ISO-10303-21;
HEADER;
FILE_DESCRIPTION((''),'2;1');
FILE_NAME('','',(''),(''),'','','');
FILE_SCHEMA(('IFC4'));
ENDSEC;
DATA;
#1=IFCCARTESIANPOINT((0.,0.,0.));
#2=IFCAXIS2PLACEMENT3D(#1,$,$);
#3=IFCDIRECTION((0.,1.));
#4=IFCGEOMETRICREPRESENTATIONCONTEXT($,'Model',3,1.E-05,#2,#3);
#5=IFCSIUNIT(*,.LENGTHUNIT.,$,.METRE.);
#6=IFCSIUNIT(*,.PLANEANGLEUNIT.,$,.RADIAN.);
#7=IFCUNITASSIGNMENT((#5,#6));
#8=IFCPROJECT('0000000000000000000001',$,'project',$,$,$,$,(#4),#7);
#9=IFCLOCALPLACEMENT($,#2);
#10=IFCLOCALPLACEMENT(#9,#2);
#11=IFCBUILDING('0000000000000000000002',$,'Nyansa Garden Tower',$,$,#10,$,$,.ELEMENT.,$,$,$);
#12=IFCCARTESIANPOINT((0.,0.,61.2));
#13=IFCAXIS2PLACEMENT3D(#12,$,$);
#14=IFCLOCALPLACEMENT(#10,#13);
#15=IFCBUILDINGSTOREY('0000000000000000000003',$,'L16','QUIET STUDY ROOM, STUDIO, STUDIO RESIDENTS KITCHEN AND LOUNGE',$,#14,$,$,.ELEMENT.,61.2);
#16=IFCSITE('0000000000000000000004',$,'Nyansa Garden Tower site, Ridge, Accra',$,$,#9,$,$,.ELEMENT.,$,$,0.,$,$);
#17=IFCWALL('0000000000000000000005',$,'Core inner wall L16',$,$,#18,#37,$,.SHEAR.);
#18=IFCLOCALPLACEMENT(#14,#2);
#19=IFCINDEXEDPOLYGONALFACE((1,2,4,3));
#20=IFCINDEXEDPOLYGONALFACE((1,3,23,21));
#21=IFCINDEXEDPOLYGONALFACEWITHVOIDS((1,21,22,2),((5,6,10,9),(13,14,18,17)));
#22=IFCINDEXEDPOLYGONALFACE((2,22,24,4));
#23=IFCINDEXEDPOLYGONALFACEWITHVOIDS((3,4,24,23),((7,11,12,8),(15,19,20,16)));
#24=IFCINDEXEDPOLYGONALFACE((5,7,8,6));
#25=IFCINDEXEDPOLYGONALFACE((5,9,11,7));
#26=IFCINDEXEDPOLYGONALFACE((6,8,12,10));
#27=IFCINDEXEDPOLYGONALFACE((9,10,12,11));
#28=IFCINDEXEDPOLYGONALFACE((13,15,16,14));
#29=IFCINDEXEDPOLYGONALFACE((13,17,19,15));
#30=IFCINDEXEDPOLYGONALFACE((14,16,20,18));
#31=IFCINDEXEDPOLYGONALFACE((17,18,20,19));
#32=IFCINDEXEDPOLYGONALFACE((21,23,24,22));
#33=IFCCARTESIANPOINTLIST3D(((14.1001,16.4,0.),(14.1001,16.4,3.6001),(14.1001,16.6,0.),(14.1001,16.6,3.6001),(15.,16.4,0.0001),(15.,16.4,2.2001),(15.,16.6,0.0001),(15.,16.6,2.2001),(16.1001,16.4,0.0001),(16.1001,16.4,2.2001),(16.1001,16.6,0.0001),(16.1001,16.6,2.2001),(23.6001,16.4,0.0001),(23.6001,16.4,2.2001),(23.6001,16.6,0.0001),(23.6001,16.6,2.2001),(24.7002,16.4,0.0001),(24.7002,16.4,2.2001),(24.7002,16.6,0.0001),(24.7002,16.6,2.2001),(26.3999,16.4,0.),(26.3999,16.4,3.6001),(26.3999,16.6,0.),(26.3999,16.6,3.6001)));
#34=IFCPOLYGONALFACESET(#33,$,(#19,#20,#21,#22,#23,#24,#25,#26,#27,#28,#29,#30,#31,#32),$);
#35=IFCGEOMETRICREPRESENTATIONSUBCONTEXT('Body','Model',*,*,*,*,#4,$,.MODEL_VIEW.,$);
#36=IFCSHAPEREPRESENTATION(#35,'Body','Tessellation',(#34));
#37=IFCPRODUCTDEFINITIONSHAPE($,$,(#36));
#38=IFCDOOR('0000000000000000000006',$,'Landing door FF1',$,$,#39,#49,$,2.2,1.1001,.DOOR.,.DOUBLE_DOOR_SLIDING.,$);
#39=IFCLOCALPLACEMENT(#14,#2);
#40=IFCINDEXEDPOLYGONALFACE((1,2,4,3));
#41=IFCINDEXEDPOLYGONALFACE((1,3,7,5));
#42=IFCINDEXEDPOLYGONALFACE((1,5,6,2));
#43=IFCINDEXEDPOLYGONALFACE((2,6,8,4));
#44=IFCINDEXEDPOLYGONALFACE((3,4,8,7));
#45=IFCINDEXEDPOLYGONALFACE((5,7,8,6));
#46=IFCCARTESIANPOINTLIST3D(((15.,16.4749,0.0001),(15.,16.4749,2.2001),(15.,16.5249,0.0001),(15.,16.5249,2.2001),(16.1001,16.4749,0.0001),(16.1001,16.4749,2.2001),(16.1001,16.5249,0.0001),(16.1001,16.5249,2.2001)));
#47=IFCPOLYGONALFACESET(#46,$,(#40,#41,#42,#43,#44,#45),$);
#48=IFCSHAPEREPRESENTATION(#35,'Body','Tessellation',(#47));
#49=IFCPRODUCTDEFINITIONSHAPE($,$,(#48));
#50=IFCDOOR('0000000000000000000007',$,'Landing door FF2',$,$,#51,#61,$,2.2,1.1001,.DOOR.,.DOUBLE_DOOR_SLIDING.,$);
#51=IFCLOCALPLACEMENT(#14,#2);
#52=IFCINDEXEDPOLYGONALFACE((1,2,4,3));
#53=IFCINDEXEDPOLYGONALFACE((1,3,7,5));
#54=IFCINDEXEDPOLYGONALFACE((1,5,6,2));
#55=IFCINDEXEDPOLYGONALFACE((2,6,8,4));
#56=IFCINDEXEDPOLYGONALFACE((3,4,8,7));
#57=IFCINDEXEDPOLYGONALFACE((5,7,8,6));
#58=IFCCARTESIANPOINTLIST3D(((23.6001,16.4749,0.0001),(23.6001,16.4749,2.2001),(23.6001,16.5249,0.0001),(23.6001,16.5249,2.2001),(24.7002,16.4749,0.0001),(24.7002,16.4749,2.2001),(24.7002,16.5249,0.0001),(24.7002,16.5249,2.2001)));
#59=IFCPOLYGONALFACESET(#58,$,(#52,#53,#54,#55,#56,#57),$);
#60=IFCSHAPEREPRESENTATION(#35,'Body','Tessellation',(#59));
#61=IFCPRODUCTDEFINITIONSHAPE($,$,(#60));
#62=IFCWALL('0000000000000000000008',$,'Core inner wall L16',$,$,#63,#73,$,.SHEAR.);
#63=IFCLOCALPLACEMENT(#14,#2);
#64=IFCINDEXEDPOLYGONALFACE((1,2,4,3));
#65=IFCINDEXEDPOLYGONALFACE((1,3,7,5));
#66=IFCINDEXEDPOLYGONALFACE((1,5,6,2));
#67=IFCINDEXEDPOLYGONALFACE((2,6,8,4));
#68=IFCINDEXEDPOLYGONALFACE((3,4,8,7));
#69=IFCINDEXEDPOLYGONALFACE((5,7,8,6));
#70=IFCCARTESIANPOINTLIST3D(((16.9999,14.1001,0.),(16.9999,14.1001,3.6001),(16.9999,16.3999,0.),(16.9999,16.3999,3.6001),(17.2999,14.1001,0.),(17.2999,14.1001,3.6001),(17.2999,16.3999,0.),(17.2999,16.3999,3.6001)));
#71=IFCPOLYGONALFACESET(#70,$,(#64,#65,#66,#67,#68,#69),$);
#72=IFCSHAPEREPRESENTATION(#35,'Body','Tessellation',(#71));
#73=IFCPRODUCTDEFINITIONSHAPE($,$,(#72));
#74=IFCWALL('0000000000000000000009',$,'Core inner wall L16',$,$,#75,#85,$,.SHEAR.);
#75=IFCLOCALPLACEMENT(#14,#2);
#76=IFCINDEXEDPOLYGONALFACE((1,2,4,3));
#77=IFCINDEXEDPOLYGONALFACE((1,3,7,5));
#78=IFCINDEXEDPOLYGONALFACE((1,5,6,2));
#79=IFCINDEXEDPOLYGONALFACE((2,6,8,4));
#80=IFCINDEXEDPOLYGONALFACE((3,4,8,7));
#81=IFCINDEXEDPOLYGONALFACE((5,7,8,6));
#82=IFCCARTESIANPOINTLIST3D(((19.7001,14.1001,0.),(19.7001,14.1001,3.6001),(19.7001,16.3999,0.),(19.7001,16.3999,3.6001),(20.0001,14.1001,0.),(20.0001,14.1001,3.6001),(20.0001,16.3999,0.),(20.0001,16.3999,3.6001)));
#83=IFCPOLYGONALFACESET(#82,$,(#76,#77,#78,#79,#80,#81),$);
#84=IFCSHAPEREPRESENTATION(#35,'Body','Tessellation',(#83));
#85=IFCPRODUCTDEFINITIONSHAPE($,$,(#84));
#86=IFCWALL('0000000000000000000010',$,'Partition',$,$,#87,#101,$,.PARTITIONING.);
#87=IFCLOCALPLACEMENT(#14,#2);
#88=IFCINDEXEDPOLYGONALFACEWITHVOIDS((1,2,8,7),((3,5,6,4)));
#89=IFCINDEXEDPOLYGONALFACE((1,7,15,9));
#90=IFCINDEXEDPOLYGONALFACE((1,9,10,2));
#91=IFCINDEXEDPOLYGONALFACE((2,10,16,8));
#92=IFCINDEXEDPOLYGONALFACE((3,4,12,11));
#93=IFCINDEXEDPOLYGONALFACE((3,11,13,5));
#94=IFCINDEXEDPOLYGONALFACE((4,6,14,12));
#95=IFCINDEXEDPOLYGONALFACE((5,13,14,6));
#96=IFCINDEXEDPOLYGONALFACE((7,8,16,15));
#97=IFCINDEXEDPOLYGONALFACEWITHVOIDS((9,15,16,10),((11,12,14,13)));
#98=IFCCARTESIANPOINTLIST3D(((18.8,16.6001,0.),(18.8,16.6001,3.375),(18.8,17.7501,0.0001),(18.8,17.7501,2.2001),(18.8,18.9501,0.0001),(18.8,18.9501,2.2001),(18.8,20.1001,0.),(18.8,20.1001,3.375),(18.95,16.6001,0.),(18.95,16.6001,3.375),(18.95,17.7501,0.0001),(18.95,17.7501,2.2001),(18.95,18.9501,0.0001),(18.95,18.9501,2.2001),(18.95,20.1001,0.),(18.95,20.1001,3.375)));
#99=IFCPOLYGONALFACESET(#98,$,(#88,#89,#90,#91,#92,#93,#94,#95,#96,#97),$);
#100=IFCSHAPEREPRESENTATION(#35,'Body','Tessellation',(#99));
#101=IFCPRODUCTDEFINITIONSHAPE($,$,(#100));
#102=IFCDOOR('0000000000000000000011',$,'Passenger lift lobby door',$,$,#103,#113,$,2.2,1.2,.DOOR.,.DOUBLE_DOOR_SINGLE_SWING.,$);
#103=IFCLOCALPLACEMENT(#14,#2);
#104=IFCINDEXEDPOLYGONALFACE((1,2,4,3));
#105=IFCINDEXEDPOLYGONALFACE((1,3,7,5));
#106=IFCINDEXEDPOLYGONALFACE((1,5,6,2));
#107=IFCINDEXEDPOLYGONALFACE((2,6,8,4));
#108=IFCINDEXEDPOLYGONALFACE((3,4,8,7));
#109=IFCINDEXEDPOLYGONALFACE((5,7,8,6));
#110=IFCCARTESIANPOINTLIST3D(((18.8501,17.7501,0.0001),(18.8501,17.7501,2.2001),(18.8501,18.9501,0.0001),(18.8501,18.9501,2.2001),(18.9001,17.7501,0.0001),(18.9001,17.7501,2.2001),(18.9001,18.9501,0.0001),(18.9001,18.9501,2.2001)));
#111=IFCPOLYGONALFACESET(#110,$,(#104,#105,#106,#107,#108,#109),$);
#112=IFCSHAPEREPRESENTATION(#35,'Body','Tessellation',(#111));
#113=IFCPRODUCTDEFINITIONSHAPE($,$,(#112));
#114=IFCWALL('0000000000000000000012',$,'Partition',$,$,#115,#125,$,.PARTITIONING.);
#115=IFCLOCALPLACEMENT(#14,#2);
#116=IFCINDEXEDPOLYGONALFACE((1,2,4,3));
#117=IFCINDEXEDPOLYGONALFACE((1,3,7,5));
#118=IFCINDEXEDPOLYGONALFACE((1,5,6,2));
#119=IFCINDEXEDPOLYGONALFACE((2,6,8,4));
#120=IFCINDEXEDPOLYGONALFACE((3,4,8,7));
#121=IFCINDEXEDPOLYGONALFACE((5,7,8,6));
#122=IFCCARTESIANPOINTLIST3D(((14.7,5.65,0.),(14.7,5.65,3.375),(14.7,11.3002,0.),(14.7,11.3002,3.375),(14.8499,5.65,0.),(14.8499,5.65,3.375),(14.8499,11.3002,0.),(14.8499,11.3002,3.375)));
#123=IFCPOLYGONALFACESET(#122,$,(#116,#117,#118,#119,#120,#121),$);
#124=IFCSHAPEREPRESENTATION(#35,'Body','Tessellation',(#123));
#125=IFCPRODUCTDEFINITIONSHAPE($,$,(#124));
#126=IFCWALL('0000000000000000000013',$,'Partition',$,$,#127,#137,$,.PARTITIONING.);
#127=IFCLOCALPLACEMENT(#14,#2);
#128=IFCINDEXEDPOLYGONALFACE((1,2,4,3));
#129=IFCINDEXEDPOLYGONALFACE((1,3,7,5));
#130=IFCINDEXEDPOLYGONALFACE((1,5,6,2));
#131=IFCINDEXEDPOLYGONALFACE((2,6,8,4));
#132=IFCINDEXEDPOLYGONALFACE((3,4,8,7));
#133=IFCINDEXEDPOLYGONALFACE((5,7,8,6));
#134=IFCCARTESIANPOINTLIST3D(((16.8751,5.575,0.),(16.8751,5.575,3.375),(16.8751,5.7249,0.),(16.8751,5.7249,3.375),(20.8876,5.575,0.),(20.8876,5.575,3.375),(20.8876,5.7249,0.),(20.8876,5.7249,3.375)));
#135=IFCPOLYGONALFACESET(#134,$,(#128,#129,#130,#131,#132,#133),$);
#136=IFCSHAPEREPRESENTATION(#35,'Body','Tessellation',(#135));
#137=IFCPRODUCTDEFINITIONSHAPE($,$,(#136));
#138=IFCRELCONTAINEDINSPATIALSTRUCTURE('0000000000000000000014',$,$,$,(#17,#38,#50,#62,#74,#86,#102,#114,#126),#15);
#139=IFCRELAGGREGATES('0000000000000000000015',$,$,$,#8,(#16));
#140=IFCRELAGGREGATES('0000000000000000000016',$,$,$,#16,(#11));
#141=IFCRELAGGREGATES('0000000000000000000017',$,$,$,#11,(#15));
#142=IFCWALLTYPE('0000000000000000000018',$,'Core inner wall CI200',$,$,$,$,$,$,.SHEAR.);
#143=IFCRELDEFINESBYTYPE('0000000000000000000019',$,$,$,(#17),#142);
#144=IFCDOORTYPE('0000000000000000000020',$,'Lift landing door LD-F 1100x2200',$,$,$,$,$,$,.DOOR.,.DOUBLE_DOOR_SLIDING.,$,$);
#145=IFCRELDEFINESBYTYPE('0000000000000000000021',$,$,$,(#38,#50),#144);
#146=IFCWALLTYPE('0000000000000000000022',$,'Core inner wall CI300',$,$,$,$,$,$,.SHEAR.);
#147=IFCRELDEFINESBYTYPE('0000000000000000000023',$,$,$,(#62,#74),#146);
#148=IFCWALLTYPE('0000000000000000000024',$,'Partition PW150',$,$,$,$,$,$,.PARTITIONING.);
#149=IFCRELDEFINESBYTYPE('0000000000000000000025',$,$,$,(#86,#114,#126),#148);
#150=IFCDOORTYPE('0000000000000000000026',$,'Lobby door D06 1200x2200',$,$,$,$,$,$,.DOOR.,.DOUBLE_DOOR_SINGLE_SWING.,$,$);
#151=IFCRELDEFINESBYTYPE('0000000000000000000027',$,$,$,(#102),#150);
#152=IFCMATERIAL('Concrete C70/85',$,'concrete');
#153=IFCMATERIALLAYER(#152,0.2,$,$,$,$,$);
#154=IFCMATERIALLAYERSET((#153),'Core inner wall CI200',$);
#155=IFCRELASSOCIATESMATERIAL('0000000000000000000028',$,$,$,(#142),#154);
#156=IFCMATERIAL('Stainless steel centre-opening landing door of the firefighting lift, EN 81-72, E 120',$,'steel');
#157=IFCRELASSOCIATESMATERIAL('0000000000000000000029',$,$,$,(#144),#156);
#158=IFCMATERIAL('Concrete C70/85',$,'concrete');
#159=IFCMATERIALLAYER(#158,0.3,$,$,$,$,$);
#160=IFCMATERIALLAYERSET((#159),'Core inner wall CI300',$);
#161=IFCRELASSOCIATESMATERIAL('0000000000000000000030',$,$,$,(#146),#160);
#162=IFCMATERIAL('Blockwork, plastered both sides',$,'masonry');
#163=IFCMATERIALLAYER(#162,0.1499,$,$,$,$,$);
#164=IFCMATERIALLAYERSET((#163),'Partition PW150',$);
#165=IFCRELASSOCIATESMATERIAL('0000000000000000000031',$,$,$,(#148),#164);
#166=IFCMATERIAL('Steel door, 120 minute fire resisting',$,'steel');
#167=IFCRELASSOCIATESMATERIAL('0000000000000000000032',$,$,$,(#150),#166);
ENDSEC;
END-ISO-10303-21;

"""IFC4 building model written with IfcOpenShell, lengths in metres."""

from ifc_helpers import new_model, si_unit, direction, frame, frame_2d, origin, place, context, subcontext, project, spatial, rectangle, extrude, material, layer, layer_set, type_object, element, fill, save


model = new_model("IFC4")

# Units and contexts
model_context = context("Model", 3, precision=1e-05, world=origin(), true_north=direction((0.0, 1.0)))
body_context = subcontext(model_context, "Body", "Model", "MODEL_VIEW")
ifc_project = project(units=[si_unit("LENGTHUNIT", "METRE"), si_unit("PLANEANGLEUNIT", "RADIAN")], contexts=[model_context])

# Site, building, storey
site_placement = place(None, origin())
site = spatial("IfcSite", under=ifc_project, at=site_placement, Name="Nyansa Garden Tower site, Ridge, Accra", CompositionType="ELEMENT", RefElevation=0.0)
building_placement = place(site_placement, origin())
building = spatial("IfcBuilding", under=site, at=building_placement, Name="Nyansa Garden Tower", CompositionType="ELEMENT")
storey_placement = place(building_placement, frame((0.0, 0.0, 61.2)))
storey = spatial("IfcBuildingStorey", under=building, at=storey_placement, Name="L16", Description="QUIET STUDY ROOM, STUDIO, STUDIO RESIDENTS KITCHEN AND LOUNGE", CompositionType="ELEMENT", Elevation=61.2)

# Wall, openings, doors
ifc_material_1 = material(Name="Concrete C70/85", Category="concrete")
ifc_layer_1 = layer(ifc_material_1, 0.2)
ifc_layer_set_1 = layer_set([ifc_layer_1], Name="Core inner wall CI200")
wall_type_1 = type_object("IfcWallType", Name="Core inner wall CI200", PredefinedType="SHEAR", material=ifc_layer_set_1)
wall_1_placement = place(storey_placement, frame((14.1001, 16.5, 0.0), z_axis=(0.0, 0.0, 1.0), x_axis=(1.0, 0.0, 0.0)))
wall_1 = element("IfcWall", 1, at=wall_1_placement, inside=storey, type_object=wall_type_1, Name="Core inner wall L16", PredefinedType="SHEAR", context=body_context, shape_type="SweptSolid", body=[
    extrude(rectangle(XDim=12.2998, YDim=0.2, at=frame_2d((6.1499, 0.0))), origin(), (0.0, 0.0, 1.0), 3.6001),
])
opening_1_placement = place(wall_1_placement, frame((0.8999, 0.0, 0.0)))
opening_1 = element("IfcOpeningElement", 2, at=opening_1_placement, cuts=wall_1, PredefinedType="OPENING", context=body_context, shape_type="SweptSolid", body=[
    extrude(rectangle(XDim=1.1001, YDim=2.2, at=frame_2d((0.55, 1.1001))), frame((0.0, 0.1099, 0.0), z_axis=(0.0, -1.0, 0.0), x_axis=(1.0, 0.0, 0.0)), (0.0, 0.0, 1.0), 0.22),
])
opening_2_placement = place(wall_1_placement, frame((9.5, 0.0, 0.0)))
opening_2 = element("IfcOpeningElement", 3, at=opening_2_placement, cuts=wall_1, PredefinedType="OPENING", context=body_context, shape_type="SweptSolid", body=[
    extrude(rectangle(XDim=1.1001, YDim=2.2, at=frame_2d((0.55, 1.1001))), frame((0.0, 0.1099, 0.0), z_axis=(0.0, -1.0, 0.0), x_axis=(1.0, 0.0, 0.0)), (0.0, 0.0, 1.0), 0.22),
])
ifc_material_2 = material(Name="Stainless steel centre-opening landing door of the firefighting lift, EN 81-72, E 120", Category="steel")
door_type_1 = type_object("IfcDoorType", Name="Lift landing door LD-F 1100x2200", OperationType="DOUBLE_DOOR_SLIDING", PredefinedType="DOOR", material=ifc_material_2)
door_1_placement = place(opening_1_placement, origin())
door_1 = element("IfcDoor", 4, at=door_1_placement, inside=storey, type_object=door_type_1, Name="Landing door FF1", OperationType="DOUBLE_DOOR_SLIDING", OverallHeight=2.2, OverallWidth=1.1001, PredefinedType="DOOR", context=body_context, shape_type="SweptSolid", body=[
    extrude(rectangle(XDim=1.1001, YDim=2.2, at=frame_2d((0.55, 1.1001))), frame((0.0, 0.0249, 0.0), z_axis=(0.0, -1.0, 0.0), x_axis=(1.0, 0.0, 0.0)), (0.0, 0.0, 1.0), 0.05),
])
fill(opening_1, door_1)
door_2_placement = place(opening_2_placement, origin())
door_2 = element("IfcDoor", 5, at=door_2_placement, inside=storey, type_object=door_type_1, Name="Landing door FF2", OperationType="DOUBLE_DOOR_SLIDING", OverallHeight=2.2, OverallWidth=1.1001, PredefinedType="DOOR", context=body_context, shape_type="SweptSolid", body=[
    extrude(rectangle(XDim=1.1001, YDim=2.2, at=frame_2d((0.55, 1.1001))), frame((0.0, 0.0249, 0.0), z_axis=(0.0, -1.0, 0.0), x_axis=(1.0, 0.0, 0.0)), (0.0, 0.0, 1.0), 0.05),
])
fill(opening_2, door_2)

# Walls
ifc_material_3 = material(Name="Concrete C70/85", Category="concrete")
ifc_layer_2 = layer(ifc_material_3, 0.3)
ifc_layer_set_2 = layer_set([ifc_layer_2], Name="Core inner wall CI300")
wall_type_2 = type_object("IfcWallType", Name="Core inner wall CI300", PredefinedType="SHEAR", material=ifc_layer_set_2)
for number, where, z_axis, x_axis, name in (
    (6, (17.1499, 14.1001, 0.0), (0.0, 0.0, 1.0), (0.0, 1.0, 0.0), "Core inner wall L16"),
    (7, (19.8501, 14.1001, 0.0), (0.0, 0.0, 1.0), (0.0, 1.0, 0.0), "Core inner wall L16"),
):
    element("IfcWall", number, at=place(storey_placement, frame(where, z_axis=z_axis, x_axis=x_axis)), inside=storey, type_object=wall_type_2, Name=name, PredefinedType="SHEAR", context=body_context, shape_type="SweptSolid", body=[
        extrude(rectangle(XDim=2.2998, YDim=0.3, at=frame_2d((1.1499, 0.0))), origin(), (0.0, 0.0, 1.0), 3.6001),
    ])

# Wall, opening, door
ifc_material_4 = material(Name="Blockwork, plastered both sides", Category="masonry")
ifc_layer_3 = layer(ifc_material_4, 0.1499)
ifc_layer_set_3 = layer_set([ifc_layer_3], Name="Partition PW150")
wall_type_3 = type_object("IfcWallType", Name="Partition PW150", PredefinedType="PARTITIONING", material=ifc_layer_set_3)
wall_2_placement = place(storey_placement, frame((18.875, 16.6001, 0.0), z_axis=(0.0, 0.0, 1.0), x_axis=(0.0, 1.0, 0.0)))
wall_2 = element("IfcWall", 8, at=wall_2_placement, inside=storey, type_object=wall_type_3, Name="Partition", PredefinedType="PARTITIONING", context=body_context, shape_type="SweptSolid", body=[
    extrude(rectangle(XDim=3.5, YDim=0.1499, at=frame_2d((1.75, 0.0))), origin(), (0.0, 0.0, 1.0), 3.375),
])
opening_3_placement = place(wall_2_placement, frame((1.1499, 0.0, 0.0)))
opening_3 = element("IfcOpeningElement", 9, at=opening_3_placement, cuts=wall_2, PredefinedType="OPENING", context=body_context, shape_type="SweptSolid", body=[
    extrude(rectangle(XDim=1.2, YDim=2.2, at=frame_2d((0.6001, 1.1001))), frame((0.0, 0.085, 0.0), z_axis=(0.0, -1.0, 0.0), x_axis=(1.0, 0.0, 0.0)), (0.0, 0.0, 1.0), 0.1699),
])
ifc_material_5 = material(Name="Steel door, 120 minute fire resisting", Category="steel")
door_type_2 = type_object("IfcDoorType", Name="Lobby door D06 1200x2200", OperationType="DOUBLE_DOOR_SINGLE_SWING", PredefinedType="DOOR", material=ifc_material_5)
door_3_placement = place(opening_3_placement, origin())
door_3 = element("IfcDoor", 10, at=door_3_placement, inside=storey, type_object=door_type_2, Name="Passenger lift lobby door", OperationType="DOUBLE_DOOR_SINGLE_SWING", OverallHeight=2.2, OverallWidth=1.2, PredefinedType="DOOR", context=body_context, shape_type="SweptSolid", body=[
    extrude(rectangle(XDim=1.2, YDim=2.2, at=frame_2d((0.6001, 1.1001))), frame((0.0, 0.0249, 0.0), z_axis=(0.0, -1.0, 0.0), x_axis=(1.0, 0.0, 0.0)), (0.0, 0.0, 1.0), 0.05),
])
fill(opening_3, door_3)

# Walls
wall_3_placement = place(storey_placement, frame((14.7749, 5.6499, 0.0), z_axis=(0.0, 0.0, 1.0), x_axis=(0.0, 1.0, 0.0)))
element("IfcWall", 11, at=wall_3_placement, inside=storey, type_object=wall_type_3, Name="Partition", PredefinedType="PARTITIONING", context=body_context, shape_type="SweptSolid", body=[
    extrude(rectangle(XDim=5.6501, YDim=0.1499, at=frame_2d((2.8252, 0.0))), origin(), (0.0, 0.0, 1.0), 3.375),
])
wall_4_placement = place(storey_placement, frame((16.875, 5.6499, 0.0), z_axis=(0.0, 0.0, 1.0), x_axis=(1.0, 0.0, 0.0)))
element("IfcWall", 12, at=wall_4_placement, inside=storey, type_object=wall_type_3, Name="Partition", PredefinedType="PARTITIONING", context=body_context, shape_type="SweptSolid", body=[
    extrude(rectangle(XDim=4.0125, YDim=0.1499, at=frame_2d((2.0063, 0.0))), origin(), (0.0, 0.0, 1.0), 3.375),
])

save(model, "model.ifc")
